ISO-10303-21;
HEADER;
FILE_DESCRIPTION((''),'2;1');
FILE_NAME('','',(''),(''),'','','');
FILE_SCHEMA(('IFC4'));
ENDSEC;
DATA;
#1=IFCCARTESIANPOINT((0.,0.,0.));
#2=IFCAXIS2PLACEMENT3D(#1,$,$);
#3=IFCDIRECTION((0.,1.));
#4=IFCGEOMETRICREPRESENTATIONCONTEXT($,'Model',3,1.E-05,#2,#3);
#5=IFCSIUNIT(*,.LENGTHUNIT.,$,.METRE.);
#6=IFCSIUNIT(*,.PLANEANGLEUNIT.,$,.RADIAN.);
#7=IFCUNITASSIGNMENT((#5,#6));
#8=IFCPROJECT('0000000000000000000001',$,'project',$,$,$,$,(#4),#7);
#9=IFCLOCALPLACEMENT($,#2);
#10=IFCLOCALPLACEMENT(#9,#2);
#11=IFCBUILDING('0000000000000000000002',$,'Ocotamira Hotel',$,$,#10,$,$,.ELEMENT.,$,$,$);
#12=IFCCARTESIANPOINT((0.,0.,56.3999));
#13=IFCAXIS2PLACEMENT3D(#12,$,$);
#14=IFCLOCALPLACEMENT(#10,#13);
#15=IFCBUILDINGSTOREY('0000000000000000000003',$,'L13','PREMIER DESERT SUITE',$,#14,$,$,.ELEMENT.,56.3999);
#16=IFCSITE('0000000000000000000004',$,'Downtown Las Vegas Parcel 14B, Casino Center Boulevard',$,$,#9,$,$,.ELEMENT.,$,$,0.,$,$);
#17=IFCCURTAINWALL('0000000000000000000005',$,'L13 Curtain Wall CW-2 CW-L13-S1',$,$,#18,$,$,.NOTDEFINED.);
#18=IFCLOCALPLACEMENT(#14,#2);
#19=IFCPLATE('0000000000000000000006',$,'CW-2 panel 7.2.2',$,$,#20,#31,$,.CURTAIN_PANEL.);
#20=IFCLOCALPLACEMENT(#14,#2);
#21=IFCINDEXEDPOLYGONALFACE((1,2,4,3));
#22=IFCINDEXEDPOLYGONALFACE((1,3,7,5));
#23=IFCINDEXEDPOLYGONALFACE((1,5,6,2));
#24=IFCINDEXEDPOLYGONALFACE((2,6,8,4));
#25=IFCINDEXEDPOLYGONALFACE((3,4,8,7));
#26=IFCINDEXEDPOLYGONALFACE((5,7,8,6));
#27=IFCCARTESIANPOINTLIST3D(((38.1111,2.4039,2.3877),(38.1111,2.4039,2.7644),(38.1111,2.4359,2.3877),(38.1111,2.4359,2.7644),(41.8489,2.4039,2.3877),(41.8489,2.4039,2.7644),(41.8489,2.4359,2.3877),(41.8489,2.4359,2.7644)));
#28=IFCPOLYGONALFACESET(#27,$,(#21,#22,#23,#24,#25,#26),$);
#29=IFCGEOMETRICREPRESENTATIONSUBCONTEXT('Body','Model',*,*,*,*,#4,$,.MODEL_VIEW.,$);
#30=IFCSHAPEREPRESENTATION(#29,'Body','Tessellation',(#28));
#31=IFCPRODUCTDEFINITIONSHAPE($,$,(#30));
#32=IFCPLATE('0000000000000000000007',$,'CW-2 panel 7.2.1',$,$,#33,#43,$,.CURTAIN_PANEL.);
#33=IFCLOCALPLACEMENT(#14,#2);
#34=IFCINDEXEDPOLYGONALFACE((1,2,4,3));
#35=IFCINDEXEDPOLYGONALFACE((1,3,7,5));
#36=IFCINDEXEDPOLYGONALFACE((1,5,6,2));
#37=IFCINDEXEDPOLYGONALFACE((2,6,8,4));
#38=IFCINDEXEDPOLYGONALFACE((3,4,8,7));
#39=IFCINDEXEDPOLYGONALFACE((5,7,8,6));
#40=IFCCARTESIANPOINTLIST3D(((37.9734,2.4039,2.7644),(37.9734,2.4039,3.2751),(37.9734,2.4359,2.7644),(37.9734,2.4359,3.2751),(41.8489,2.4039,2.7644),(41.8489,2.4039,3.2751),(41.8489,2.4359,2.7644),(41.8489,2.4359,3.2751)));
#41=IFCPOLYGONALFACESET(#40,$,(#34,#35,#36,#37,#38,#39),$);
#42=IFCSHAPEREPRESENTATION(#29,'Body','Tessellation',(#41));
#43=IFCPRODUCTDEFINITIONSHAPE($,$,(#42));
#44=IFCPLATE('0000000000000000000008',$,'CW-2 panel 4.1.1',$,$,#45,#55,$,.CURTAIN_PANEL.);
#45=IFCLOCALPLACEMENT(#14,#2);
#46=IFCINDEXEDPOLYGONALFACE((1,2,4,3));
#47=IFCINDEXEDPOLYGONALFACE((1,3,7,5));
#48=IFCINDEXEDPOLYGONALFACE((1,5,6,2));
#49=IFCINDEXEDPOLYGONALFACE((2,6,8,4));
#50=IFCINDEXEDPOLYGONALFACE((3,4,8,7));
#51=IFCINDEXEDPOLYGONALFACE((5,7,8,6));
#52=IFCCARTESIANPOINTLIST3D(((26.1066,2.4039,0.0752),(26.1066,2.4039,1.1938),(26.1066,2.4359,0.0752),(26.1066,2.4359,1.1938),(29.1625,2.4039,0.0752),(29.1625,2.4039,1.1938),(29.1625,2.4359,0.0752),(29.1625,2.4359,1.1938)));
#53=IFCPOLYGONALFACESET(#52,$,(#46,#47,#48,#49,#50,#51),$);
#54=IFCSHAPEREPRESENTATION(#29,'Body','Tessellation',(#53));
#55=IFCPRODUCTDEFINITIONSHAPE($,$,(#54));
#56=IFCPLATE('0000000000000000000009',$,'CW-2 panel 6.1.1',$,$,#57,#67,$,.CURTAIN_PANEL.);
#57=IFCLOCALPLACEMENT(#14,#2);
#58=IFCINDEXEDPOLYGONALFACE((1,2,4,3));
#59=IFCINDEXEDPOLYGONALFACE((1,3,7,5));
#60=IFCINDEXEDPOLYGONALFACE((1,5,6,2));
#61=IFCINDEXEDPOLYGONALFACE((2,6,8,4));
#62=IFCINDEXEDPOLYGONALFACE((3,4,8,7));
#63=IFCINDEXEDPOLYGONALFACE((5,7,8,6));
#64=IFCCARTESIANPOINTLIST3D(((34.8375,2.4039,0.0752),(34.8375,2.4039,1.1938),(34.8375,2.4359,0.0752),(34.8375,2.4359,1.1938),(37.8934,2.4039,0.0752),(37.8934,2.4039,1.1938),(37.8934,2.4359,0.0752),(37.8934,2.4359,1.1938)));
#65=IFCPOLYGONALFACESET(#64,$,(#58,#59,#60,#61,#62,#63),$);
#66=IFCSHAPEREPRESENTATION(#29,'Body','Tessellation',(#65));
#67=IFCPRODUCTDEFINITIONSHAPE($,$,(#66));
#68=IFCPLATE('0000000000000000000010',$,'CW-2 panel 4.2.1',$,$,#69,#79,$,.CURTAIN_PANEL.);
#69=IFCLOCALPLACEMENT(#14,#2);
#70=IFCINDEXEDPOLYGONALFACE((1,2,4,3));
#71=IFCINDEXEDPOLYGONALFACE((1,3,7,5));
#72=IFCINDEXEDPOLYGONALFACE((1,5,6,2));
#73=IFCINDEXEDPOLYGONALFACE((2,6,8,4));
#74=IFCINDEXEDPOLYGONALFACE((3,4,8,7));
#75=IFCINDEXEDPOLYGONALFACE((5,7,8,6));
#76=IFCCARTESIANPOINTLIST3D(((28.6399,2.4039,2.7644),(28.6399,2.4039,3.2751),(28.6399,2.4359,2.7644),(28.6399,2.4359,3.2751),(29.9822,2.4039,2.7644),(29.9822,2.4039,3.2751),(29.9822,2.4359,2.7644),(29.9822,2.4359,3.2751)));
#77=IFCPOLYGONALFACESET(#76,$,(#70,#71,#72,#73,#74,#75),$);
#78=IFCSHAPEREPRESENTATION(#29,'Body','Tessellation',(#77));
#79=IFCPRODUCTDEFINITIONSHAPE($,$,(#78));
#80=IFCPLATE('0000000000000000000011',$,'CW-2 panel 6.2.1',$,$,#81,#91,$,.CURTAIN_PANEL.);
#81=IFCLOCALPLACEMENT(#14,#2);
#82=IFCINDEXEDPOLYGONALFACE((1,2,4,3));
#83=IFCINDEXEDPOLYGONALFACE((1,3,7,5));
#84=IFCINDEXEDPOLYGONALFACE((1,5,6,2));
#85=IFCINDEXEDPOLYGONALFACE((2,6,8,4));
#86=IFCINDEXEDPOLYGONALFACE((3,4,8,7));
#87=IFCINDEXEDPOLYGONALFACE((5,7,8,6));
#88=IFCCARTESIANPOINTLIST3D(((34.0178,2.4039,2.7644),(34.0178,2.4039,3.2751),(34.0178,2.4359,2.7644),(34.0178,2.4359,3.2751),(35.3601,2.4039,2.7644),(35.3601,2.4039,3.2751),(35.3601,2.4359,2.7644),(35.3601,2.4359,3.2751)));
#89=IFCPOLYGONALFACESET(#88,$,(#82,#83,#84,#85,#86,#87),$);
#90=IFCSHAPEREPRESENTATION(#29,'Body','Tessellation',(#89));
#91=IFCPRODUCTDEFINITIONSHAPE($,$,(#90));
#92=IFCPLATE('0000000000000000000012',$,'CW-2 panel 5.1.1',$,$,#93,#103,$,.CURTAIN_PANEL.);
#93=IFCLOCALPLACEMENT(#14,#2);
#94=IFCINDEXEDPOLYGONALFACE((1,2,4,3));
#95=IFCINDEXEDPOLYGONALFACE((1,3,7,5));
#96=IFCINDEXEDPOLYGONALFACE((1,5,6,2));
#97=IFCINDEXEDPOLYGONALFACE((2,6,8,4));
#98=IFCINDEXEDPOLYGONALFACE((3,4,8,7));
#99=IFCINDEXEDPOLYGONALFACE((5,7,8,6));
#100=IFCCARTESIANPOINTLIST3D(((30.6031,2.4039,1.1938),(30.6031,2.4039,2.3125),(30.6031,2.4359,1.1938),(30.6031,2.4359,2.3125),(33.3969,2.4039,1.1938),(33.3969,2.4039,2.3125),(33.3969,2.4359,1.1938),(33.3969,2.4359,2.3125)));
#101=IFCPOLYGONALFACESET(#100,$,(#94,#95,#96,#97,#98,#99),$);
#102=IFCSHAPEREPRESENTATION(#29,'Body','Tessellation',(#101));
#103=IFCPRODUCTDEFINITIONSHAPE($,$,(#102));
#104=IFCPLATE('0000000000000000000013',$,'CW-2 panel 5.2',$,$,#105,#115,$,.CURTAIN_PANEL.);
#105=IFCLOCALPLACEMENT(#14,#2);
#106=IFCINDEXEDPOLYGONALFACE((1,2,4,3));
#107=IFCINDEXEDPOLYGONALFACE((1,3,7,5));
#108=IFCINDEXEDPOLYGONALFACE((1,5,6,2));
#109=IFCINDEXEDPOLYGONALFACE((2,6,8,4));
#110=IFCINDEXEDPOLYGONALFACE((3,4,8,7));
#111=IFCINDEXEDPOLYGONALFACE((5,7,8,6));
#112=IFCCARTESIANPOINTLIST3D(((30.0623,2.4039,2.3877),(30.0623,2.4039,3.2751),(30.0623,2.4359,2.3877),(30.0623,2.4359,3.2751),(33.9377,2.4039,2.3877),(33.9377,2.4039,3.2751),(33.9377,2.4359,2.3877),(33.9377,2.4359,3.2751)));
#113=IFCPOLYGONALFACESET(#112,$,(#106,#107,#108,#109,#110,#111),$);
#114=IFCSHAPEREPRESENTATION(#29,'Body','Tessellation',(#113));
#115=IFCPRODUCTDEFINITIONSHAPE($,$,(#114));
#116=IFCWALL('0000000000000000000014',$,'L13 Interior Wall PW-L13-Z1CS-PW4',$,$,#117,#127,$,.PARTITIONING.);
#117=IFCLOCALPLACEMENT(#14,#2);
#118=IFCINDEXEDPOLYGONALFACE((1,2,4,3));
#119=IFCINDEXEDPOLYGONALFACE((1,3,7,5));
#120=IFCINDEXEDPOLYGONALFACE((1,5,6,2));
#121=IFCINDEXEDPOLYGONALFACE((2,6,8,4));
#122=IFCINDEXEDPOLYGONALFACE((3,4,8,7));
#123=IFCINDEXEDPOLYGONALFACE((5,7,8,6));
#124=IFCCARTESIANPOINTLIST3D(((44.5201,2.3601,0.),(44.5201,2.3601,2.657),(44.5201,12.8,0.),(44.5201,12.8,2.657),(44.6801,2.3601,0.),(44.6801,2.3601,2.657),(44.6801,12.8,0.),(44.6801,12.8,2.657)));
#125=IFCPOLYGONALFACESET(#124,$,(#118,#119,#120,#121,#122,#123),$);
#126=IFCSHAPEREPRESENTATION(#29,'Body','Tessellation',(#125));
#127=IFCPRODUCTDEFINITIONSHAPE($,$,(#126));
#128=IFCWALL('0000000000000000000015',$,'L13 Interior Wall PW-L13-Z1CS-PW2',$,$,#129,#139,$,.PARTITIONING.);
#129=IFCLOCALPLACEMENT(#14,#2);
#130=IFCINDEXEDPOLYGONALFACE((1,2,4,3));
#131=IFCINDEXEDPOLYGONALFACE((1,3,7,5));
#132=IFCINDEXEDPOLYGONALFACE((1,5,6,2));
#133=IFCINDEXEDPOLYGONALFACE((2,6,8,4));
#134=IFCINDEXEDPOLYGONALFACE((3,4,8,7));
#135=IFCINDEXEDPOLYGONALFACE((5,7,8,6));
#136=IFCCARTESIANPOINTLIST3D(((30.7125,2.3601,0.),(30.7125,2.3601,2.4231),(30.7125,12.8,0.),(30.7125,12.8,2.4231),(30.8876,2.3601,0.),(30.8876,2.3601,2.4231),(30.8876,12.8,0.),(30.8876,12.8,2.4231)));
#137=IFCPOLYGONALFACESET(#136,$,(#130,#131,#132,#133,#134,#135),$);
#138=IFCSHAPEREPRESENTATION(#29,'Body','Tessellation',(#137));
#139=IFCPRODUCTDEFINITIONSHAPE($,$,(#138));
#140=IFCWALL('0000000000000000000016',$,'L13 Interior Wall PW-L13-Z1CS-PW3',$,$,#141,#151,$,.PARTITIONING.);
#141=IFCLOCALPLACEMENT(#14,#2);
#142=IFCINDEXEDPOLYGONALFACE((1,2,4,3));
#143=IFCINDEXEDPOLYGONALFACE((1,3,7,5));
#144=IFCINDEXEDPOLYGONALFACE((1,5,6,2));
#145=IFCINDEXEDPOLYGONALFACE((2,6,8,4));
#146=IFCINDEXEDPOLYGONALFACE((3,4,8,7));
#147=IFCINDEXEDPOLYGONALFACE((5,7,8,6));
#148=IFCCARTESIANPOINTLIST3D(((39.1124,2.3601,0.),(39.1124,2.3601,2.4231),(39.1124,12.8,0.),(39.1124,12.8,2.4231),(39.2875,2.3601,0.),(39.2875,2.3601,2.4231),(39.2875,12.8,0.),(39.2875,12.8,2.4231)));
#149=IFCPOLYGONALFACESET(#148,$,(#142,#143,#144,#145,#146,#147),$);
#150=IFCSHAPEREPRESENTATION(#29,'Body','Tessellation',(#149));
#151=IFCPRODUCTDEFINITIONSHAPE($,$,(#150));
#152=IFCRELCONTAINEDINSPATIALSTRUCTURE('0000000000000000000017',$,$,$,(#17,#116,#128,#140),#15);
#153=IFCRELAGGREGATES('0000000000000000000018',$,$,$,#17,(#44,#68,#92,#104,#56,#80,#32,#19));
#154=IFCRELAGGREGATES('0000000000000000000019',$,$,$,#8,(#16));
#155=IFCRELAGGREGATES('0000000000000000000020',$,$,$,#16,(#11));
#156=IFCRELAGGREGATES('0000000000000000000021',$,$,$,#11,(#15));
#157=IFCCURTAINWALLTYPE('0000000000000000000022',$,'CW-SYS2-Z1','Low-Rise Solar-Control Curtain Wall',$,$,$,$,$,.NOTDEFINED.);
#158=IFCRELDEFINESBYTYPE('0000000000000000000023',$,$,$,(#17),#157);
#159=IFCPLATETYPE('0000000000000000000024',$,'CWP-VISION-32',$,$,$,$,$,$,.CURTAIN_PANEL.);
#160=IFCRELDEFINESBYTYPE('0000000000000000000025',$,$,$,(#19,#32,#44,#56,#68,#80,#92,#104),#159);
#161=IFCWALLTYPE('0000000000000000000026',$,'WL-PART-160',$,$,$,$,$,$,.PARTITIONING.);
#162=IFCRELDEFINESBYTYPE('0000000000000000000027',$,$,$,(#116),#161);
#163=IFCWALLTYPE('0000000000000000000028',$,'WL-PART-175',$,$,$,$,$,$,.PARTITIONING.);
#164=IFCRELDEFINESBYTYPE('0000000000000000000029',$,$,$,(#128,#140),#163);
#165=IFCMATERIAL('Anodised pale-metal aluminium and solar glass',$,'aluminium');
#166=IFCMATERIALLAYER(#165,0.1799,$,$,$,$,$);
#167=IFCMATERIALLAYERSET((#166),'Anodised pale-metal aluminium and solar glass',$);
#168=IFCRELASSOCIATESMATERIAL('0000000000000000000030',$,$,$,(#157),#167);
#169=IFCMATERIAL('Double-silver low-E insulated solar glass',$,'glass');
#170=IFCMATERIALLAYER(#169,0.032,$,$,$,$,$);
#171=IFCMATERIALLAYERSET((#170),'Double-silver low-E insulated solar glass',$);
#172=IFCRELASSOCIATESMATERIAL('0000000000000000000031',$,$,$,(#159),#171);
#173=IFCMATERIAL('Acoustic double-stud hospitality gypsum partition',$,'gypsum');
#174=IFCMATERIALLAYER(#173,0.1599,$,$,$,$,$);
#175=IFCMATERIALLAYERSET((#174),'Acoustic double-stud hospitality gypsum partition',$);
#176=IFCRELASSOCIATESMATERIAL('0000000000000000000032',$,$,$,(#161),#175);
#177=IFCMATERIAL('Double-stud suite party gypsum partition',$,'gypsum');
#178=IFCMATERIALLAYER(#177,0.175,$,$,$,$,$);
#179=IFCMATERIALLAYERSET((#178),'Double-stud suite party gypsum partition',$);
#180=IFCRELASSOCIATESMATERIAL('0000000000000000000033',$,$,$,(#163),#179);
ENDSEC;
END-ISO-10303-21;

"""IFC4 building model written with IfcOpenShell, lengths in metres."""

from ifc_helpers import new_model, si_unit, direction, frame, frame_2d, origin, origin_2d, place, context, subcontext, project, spatial, rectangle, extrude, source, transform, mapped, material, layer, layer_set, type_object, element, aggregate, save


model = new_model("IFC4")

# Units and contexts
model_context = context("Model", 3, precision=1e-05, world=origin(), true_north=direction((0.0, 1.0)))
body_context = subcontext(model_context, "Body", "Model", "MODEL_VIEW")
ifc_project = project(units=[si_unit("LENGTHUNIT", "METRE"), si_unit("PLANEANGLEUNIT", "RADIAN")], contexts=[model_context])

# Site, building, storey
site_placement = place(None, origin())
site = spatial("IfcSite", under=ifc_project, at=site_placement, Name="Downtown Las Vegas Parcel 14B, Casino Center Boulevard", CompositionType="ELEMENT", RefElevation=0.0)
building_placement = place(site_placement, origin())
building = spatial("IfcBuilding", under=site, at=building_placement, Name="Ocotamira Hotel", CompositionType="ELEMENT")
storey_placement = place(building_placement, frame((0.0, 0.0, 56.3999)))
storey = spatial("IfcBuildingStorey", under=building, at=storey_placement, Name="L13", Description="PREMIER DESERT SUITE", CompositionType="ELEMENT", Elevation=56.3999)

# Curtain wall
ifc_material_1 = material(Name="Anodised pale-metal aluminium and solar glass", Category="aluminium")
ifc_layer_1 = layer(ifc_material_1, 0.1799)
ifc_layer_set_1 = layer_set([ifc_layer_1], Name="Anodised pale-metal aluminium and solar glass")
curtain_wall_type = type_object("IfcCurtainWallType", Name="CW-SYS2-Z1", Description="Low-Rise Solar-Control Curtain Wall", PredefinedType="NOTDEFINED", material=ifc_layer_set_1)
curtain_wall_placement = place(storey_placement, origin())
curtain_wall = element("IfcCurtainWall", 1, at=curtain_wall_placement, inside=storey, type_object=curtain_wall_type, Name="L13 Curtain Wall CW-2 CW-L13-S1", PredefinedType="NOTDEFINED")

# Plates
ifc_material_2 = material(Name="Double-silver low-E insulated solar glass", Category="glass")
ifc_layer_2 = layer(ifc_material_2, 0.032)
ifc_layer_set_2 = layer_set([ifc_layer_2], Name="Double-silver low-E insulated solar glass")
plate_type_1 = type_object("IfcPlateType", Name="CWP-VISION-32", PredefinedType="CURTAIN_PANEL", material=ifc_layer_set_2)
shared_shape_1 = source(origin(), body_context, "Body", "SweptSolid", [
    extrude(rectangle(XDim=3.7378, YDim=0.032, at=origin_2d()), origin(), (0.0, 0.0, 1.0), 0.3767),
])
plate_1_placement = place(storey_placement, frame((39.98, 2.4199, 2.3877), z_axis=(0.0, 0.0, 1.0), x_axis=(1.0, 0.0, 0.0)))
plate_1 = element("IfcPlate", 2, at=plate_1_placement, type_object=plate_type_1, Name="CW-2 panel 7.2.2", PredefinedType="CURTAIN_PANEL", context=body_context, shape_type="MappedRepresentation", body=[
    mapped(shared_shape_1, transform((0.0, 0.0, 0.0), scale=1.0)),
])
shared_shape_2 = source(origin(), body_context, "Body", "SweptSolid", [
    extrude(rectangle(XDim=3.8755, YDim=0.032, at=origin_2d()), origin(), (0.0, 0.0, 1.0), 0.5107),
])
plate_2_placement = place(storey_placement, frame((39.9111, 2.4199, 2.7644), z_axis=(0.0, 0.0, 1.0), x_axis=(1.0, 0.0, 0.0)))
plate_2 = element("IfcPlate", 3, at=plate_2_placement, type_object=plate_type_1, Name="CW-2 panel 7.2.1", PredefinedType="CURTAIN_PANEL", context=body_context, shape_type="MappedRepresentation", body=[
    mapped(shared_shape_2, transform((0.0, 0.0, 0.0), scale=1.0)),
])
shared_shape_3 = source(origin(), body_context, "Body", "SweptSolid", [
    extrude(rectangle(XDim=3.0559, YDim=0.032, at=origin_2d()), origin(), (0.0, 0.0, 1.0), 1.1187),
])
plate_3_placement = place(storey_placement, frame((27.6345, 2.4199, 0.0752), z_axis=(0.0, 0.0, 1.0), x_axis=(1.0, 0.0, 0.0)))
plate_3 = element("IfcPlate", 4, at=plate_3_placement, type_object=plate_type_1, Name="CW-2 panel 4.1.1", PredefinedType="CURTAIN_PANEL", context=body_context, shape_type="MappedRepresentation", body=[
    mapped(shared_shape_3, transform((0.0, 0.0, 0.0), scale=1.0)),
])
plate_4_placement = place(storey_placement, frame((36.3655, 2.4199, 0.0752), z_axis=(0.0, 0.0, 1.0), x_axis=(1.0, 0.0, 0.0)))
plate_4 = element("IfcPlate", 5, at=plate_4_placement, type_object=plate_type_1, Name="CW-2 panel 6.1.1", PredefinedType="CURTAIN_PANEL", context=body_context, shape_type="MappedRepresentation", body=[
    mapped(shared_shape_3, transform((0.0, 0.0, 0.0), scale=1.0)),
])
shared_shape_4 = source(origin(), body_context, "Body", "SweptSolid", [
    extrude(rectangle(XDim=1.3423, YDim=0.032, at=origin_2d()), origin(), (0.0, 0.0, 1.0), 0.5107),
])
plate_5_placement = place(storey_placement, frame((29.311, 2.4199, 2.7644), z_axis=(0.0, 0.0, 1.0), x_axis=(1.0, 0.0, 0.0)))
plate_5 = element("IfcPlate", 6, at=plate_5_placement, type_object=plate_type_1, Name="CW-2 panel 4.2.1", PredefinedType="CURTAIN_PANEL", context=body_context, shape_type="MappedRepresentation", body=[
    mapped(shared_shape_4, transform((0.0, 0.0, 0.0), scale=1.0)),
])
plate_6_placement = place(storey_placement, frame((34.689, 2.4199, 2.7644), z_axis=(0.0, 0.0, 1.0), x_axis=(1.0, 0.0, 0.0)))
plate_6 = element("IfcPlate", 7, at=plate_6_placement, type_object=plate_type_1, Name="CW-2 panel 6.2.1", PredefinedType="CURTAIN_PANEL", context=body_context, shape_type="MappedRepresentation", body=[
    mapped(shared_shape_4, transform((0.0, 0.0, 0.0), scale=1.0)),
])
shared_shape_5 = source(origin(), body_context, "Body", "SweptSolid", [
    extrude(rectangle(XDim=2.7937, YDim=0.032, at=origin_2d()), origin(), (0.0, 0.0, 1.0), 1.1187),
])
plate_7_placement = place(storey_placement, frame((32.0, 2.4199, 1.1938), z_axis=(0.0, 0.0, 1.0), x_axis=(1.0, 0.0, 0.0)))
plate_7 = element("IfcPlate", 8, at=plate_7_placement, type_object=plate_type_1, Name="CW-2 panel 5.1.1", PredefinedType="CURTAIN_PANEL", context=body_context, shape_type="MappedRepresentation", body=[
    mapped(shared_shape_5, transform((0.0, 0.0, 0.0), scale=1.0)),
])
shared_shape_6 = source(origin(), body_context, "Body", "SweptSolid", [
    extrude(rectangle(XDim=3.8755, YDim=0.032, at=origin_2d()), origin(), (0.0, 0.0, 1.0), 0.8875),
])
plate_8_placement = place(storey_placement, frame((32.0, 2.4199, 2.3877), z_axis=(0.0, 0.0, 1.0), x_axis=(1.0, 0.0, 0.0)))
plate_8 = element("IfcPlate", 9, at=plate_8_placement, type_object=plate_type_1, Name="CW-2 panel 5.2", PredefinedType="CURTAIN_PANEL", context=body_context, shape_type="MappedRepresentation", body=[
    mapped(shared_shape_6, transform((0.0, 0.0, 0.0), scale=1.0)),
])
aggregate(curtain_wall, [plate_3, plate_5, plate_7, plate_8, plate_4, plate_6, plate_2, plate_1])

# Walls
ifc_material_3 = material(Name="Acoustic double-stud hospitality gypsum partition", Category="gypsum")
ifc_layer_3 = layer(ifc_material_3, 0.1599)
ifc_layer_set_3 = layer_set([ifc_layer_3], Name="Acoustic double-stud hospitality gypsum partition")
wall_type_1 = type_object("IfcWallType", Name="WL-PART-160", PredefinedType="PARTITIONING", material=ifc_layer_set_3)
wall_placement = place(storey_placement, frame((44.6001, 2.3601, 0.0), z_axis=(0.0, 0.0, 1.0), x_axis=(0.0, 1.0, 0.0)))
element("IfcWall", 10, at=wall_placement, inside=storey, type_object=wall_type_1, Name="L13 Interior Wall PW-L13-Z1CS-PW4", PredefinedType="PARTITIONING", context=body_context, shape_type="SweptSolid", body=[
    extrude(rectangle(XDim=10.4399, YDim=0.1599, at=frame_2d((5.22, 0.0))), origin(), (0.0, 0.0, 1.0), 2.657),
])
ifc_material_4 = material(Name="Double-stud suite party gypsum partition", Category="gypsum")
ifc_layer_4 = layer(ifc_material_4, 0.175)
ifc_layer_set_4 = layer_set([ifc_layer_4], Name="Double-stud suite party gypsum partition")
wall_type_2 = type_object("IfcWallType", Name="WL-PART-175", PredefinedType="PARTITIONING", material=ifc_layer_set_4)
for number, where, z_axis, x_axis, name in (
    (11, (30.8, 2.3601, 0.0), (0.0, 0.0, 1.0), (0.0, 1.0, 0.0), "L13 Interior Wall PW-L13-Z1CS-PW2"),
    (12, (39.2, 2.3601, 0.0), (0.0, 0.0, 1.0), (0.0, 1.0, 0.0), "L13 Interior Wall PW-L13-Z1CS-PW3"),
):
    element("IfcWall", number, at=place(storey_placement, frame(where, z_axis=z_axis, x_axis=x_axis)), inside=storey, type_object=wall_type_2, Name=name, PredefinedType="PARTITIONING", context=body_context, shape_type="SweptSolid", body=[
        extrude(rectangle(XDim=10.4399, YDim=0.175, at=frame_2d((5.22, 0.0))), origin(), (0.0, 0.0, 1.0), 2.4231),
    ])

save(model, "model.ifc")
